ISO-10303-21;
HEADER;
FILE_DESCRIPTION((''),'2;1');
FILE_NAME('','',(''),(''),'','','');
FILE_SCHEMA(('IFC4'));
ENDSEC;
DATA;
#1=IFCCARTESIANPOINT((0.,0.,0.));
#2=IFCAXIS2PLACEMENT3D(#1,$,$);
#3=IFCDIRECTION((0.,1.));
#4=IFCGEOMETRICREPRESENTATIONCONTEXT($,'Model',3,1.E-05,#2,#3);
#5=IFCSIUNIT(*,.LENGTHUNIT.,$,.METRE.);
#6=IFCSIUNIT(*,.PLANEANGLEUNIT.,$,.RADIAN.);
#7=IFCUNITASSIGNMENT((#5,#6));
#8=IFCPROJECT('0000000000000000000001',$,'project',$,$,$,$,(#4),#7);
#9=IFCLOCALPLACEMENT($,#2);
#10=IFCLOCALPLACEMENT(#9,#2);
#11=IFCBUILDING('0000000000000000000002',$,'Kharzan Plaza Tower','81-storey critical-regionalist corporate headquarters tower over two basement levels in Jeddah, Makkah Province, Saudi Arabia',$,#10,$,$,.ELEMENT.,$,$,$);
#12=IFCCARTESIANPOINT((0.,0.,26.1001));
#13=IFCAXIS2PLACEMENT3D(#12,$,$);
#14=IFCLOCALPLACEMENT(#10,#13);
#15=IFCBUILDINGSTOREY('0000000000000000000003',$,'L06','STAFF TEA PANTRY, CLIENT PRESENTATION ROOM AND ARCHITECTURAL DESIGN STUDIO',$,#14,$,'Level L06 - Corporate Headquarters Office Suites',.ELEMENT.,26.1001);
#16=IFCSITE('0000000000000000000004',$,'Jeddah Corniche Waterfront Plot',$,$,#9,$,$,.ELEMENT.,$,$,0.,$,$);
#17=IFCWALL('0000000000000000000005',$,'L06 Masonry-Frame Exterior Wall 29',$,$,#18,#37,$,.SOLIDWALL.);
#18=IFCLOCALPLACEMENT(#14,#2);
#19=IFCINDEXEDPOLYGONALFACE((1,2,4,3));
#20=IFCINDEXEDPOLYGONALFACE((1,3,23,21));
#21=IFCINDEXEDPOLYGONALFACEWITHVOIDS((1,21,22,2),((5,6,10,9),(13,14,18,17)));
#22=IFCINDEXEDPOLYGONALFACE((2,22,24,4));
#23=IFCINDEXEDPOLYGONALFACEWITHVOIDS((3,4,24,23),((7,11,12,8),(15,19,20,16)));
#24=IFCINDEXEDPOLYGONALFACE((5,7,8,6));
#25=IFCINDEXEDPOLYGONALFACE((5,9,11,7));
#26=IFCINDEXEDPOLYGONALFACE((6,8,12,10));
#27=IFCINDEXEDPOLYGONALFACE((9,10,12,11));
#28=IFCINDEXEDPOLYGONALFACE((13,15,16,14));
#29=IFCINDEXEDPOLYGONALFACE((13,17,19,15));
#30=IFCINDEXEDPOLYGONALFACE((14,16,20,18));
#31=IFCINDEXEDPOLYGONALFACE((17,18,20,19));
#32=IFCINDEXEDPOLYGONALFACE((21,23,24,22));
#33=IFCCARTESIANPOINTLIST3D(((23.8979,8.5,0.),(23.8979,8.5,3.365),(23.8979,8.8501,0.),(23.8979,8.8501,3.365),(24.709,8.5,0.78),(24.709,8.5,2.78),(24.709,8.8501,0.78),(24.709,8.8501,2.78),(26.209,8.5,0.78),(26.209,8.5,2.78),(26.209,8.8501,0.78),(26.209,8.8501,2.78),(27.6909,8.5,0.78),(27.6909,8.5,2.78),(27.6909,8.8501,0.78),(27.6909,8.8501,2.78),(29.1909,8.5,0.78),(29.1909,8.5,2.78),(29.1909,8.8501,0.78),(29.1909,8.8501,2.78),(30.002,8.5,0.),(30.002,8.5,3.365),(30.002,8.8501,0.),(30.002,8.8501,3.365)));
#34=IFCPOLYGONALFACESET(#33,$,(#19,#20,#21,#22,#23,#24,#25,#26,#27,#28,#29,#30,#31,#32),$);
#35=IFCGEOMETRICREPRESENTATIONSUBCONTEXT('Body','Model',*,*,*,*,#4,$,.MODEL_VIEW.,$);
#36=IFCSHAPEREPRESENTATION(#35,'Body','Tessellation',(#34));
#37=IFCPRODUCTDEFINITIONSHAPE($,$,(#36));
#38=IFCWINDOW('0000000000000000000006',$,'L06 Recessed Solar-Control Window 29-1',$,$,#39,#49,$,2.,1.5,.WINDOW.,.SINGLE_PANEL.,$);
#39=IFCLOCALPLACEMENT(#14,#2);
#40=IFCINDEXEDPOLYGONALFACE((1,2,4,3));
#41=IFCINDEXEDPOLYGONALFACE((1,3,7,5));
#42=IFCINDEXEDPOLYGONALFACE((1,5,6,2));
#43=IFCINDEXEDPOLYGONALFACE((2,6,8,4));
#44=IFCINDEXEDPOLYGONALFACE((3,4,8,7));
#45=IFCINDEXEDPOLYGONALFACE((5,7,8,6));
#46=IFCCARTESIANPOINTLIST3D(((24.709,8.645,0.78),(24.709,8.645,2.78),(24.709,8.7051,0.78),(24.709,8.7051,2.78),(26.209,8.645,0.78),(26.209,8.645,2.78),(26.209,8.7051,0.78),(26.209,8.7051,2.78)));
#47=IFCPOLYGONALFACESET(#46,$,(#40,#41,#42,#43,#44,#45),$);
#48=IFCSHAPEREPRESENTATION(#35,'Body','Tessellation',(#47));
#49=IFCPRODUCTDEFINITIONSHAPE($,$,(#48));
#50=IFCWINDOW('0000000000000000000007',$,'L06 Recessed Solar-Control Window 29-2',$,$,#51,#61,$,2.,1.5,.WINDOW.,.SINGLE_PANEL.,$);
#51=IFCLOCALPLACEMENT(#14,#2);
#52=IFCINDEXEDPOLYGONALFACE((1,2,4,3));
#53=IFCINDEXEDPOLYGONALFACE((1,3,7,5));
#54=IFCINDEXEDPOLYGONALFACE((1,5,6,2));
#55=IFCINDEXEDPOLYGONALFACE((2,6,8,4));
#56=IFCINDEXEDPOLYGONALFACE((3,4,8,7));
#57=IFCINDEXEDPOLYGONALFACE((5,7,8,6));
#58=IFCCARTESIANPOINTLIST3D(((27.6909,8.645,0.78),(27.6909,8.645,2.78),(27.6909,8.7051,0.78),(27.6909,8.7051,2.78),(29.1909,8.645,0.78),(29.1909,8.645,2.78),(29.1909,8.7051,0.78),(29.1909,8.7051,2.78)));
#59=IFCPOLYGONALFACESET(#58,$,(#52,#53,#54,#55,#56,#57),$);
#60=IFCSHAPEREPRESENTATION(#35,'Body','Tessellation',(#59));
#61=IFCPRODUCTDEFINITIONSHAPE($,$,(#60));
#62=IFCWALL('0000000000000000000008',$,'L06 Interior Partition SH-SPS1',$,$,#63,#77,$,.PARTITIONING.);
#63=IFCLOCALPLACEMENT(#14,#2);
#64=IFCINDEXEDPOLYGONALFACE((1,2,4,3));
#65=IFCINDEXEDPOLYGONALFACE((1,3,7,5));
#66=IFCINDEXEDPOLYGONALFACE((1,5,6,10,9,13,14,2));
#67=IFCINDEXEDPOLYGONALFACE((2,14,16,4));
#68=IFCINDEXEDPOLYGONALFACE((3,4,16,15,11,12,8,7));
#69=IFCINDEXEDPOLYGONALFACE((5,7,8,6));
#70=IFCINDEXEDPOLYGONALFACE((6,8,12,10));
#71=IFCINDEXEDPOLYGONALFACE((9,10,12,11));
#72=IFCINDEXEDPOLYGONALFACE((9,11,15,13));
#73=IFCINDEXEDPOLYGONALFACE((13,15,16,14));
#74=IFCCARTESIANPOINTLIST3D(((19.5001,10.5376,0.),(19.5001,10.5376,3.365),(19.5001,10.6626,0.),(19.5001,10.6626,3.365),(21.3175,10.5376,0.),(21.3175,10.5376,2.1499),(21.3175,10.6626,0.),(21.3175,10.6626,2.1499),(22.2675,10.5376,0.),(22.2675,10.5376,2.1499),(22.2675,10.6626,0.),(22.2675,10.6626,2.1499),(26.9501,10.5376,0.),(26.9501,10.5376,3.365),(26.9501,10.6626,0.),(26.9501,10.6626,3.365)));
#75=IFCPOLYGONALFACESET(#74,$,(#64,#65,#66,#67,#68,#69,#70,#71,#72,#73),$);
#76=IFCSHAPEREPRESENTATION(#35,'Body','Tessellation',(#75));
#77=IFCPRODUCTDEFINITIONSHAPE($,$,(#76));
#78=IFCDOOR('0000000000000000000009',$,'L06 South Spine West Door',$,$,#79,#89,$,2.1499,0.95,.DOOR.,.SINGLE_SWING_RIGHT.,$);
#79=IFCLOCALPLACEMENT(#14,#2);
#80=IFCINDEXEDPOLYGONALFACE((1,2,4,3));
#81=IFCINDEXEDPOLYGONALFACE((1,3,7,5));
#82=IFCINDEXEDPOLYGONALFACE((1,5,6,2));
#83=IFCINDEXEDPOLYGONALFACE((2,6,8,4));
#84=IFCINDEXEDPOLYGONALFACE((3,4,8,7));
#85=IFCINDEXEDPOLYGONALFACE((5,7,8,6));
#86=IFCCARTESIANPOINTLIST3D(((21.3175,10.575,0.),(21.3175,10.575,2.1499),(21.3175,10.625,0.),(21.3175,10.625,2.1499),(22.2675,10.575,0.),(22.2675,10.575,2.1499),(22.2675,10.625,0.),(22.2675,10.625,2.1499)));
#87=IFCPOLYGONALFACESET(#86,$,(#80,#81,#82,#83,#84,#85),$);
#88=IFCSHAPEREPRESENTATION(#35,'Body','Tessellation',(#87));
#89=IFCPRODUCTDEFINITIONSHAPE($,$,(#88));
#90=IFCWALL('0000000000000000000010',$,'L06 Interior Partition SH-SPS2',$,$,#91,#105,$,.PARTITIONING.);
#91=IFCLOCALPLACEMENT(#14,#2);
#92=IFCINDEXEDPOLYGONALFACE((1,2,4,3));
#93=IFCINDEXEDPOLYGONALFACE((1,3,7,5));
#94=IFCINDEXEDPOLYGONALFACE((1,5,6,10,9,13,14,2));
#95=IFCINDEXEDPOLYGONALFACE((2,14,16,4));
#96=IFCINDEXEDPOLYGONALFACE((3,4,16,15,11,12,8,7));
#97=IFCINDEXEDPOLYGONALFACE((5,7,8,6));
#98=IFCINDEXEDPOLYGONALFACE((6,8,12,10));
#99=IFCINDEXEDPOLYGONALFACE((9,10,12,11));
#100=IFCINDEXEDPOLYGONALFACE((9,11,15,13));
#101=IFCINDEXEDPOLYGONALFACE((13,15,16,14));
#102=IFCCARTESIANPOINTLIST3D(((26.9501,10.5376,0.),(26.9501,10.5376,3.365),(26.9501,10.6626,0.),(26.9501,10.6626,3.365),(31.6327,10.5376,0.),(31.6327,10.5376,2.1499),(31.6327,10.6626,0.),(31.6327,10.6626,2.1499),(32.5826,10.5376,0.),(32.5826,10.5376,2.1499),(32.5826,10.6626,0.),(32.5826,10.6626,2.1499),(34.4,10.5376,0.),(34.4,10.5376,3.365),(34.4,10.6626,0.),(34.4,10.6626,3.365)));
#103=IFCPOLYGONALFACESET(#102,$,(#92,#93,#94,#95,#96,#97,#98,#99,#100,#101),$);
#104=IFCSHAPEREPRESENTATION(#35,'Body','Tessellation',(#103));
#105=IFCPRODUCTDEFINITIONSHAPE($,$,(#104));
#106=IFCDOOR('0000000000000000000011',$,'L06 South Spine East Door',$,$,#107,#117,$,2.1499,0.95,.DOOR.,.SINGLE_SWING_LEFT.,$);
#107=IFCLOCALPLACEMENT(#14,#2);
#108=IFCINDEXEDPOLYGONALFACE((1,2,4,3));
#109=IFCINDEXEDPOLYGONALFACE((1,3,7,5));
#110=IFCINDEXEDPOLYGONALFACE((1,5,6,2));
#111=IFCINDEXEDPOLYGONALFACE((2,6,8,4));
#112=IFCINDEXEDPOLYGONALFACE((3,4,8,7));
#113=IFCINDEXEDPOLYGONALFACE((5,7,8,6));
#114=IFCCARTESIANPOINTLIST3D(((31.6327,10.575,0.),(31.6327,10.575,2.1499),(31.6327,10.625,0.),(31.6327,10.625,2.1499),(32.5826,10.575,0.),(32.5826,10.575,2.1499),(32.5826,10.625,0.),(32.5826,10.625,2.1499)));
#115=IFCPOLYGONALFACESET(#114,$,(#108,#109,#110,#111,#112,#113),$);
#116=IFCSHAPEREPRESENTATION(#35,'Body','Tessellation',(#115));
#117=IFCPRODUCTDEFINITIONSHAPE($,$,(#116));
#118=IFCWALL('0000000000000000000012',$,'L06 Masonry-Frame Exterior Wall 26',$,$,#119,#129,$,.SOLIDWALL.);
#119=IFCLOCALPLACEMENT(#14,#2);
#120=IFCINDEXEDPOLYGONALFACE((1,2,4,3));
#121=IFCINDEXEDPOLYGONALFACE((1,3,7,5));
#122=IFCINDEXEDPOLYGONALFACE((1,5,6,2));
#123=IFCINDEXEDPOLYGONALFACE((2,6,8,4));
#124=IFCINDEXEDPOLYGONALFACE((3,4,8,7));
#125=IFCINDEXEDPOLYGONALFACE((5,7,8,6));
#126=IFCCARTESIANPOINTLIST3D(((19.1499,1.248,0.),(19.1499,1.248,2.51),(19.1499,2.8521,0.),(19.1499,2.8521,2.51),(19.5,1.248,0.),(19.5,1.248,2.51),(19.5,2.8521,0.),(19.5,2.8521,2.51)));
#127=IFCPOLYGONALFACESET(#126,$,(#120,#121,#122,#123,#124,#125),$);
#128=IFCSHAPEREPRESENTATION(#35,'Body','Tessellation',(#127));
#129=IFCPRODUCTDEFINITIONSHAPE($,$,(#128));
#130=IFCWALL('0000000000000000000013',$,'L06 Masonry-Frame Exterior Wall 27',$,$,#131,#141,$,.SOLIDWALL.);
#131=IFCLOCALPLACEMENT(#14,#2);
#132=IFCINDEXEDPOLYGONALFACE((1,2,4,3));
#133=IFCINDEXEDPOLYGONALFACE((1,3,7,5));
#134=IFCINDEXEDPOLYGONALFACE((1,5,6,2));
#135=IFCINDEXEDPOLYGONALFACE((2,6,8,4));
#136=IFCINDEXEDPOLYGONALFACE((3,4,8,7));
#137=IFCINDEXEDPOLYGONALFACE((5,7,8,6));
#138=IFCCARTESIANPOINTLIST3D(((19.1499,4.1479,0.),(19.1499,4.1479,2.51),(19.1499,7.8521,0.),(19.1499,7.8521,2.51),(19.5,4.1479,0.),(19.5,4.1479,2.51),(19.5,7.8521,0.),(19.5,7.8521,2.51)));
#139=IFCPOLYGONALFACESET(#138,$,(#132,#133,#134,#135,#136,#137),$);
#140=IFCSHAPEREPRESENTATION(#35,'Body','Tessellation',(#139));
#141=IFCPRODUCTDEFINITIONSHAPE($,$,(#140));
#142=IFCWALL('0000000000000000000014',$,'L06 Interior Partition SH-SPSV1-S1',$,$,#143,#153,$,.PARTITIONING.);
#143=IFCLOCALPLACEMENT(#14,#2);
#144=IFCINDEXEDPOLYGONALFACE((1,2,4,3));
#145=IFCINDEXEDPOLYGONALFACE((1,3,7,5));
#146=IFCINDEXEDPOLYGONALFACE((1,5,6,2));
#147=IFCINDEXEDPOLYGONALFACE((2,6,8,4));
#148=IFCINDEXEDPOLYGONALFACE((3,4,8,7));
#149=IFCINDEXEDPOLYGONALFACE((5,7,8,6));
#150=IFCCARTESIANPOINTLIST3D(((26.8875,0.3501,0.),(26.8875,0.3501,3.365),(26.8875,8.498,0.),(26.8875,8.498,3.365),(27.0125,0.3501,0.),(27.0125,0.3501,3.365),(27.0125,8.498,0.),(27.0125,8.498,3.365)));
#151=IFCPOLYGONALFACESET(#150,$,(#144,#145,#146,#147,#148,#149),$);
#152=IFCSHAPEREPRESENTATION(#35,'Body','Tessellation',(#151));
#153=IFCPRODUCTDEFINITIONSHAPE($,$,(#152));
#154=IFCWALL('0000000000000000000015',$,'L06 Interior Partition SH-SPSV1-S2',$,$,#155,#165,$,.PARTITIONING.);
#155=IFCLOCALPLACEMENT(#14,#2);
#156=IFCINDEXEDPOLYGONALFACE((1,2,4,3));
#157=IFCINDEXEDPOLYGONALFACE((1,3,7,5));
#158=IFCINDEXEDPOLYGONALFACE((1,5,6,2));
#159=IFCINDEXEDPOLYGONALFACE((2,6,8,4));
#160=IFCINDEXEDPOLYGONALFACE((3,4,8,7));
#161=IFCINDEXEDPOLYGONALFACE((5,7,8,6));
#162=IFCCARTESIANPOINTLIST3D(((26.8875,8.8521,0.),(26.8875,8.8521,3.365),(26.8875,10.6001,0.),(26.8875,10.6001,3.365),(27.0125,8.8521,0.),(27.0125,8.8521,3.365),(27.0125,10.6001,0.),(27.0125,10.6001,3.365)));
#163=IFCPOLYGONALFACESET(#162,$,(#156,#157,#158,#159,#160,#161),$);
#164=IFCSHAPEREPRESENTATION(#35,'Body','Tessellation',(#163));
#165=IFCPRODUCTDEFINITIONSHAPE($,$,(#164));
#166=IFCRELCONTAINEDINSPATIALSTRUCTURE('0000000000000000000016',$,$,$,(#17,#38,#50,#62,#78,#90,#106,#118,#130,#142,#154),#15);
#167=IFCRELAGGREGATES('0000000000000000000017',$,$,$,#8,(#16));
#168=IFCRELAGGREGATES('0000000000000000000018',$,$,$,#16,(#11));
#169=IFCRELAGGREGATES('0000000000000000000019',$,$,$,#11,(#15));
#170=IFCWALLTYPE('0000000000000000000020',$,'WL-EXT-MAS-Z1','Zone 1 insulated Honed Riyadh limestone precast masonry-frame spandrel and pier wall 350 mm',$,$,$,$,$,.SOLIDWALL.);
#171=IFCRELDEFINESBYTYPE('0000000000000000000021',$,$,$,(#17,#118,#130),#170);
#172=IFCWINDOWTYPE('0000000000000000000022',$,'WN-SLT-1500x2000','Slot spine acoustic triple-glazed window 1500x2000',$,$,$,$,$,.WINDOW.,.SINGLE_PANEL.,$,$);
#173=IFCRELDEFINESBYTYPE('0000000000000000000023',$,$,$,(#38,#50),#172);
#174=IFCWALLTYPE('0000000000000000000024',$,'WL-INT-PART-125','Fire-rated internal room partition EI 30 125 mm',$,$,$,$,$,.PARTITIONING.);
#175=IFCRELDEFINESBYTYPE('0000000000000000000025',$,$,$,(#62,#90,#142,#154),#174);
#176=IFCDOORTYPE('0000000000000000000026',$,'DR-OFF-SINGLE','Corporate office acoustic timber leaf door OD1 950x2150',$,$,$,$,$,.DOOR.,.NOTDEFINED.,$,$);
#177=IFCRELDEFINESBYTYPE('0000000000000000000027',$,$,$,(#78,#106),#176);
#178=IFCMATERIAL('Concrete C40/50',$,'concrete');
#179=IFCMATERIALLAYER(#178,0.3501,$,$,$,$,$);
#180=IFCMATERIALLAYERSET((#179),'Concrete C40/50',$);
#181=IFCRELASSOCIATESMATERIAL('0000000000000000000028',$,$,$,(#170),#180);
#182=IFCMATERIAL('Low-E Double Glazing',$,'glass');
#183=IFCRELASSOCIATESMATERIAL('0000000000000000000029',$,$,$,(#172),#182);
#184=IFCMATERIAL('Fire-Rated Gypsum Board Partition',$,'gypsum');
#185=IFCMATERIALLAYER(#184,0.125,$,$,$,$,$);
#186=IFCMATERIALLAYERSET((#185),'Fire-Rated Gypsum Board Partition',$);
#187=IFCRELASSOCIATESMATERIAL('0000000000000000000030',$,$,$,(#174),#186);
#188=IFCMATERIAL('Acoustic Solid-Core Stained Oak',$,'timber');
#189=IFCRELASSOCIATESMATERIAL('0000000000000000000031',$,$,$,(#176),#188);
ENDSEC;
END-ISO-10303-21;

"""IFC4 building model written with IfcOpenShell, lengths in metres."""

from ifc_helpers import new_model, si_unit, direction, frame, frame_2d, origin, place, context, subcontext, project, spatial, rectangle, extrude, source, transform, mapped, material, layer, layer_set, type_object, element, fill, save


model = new_model("IFC4")

# Units and contexts
model_context = context("Model", 3, precision=1e-05, world=origin(), true_north=direction((0.0, 1.0)))
body_context = subcontext(model_context, "Body", "Model", "MODEL_VIEW")
ifc_project = project(units=[si_unit("LENGTHUNIT", "METRE"), si_unit("PLANEANGLEUNIT", "RADIAN")], contexts=[model_context])

# Site, building, storey
site_placement = place(None, origin())
site = spatial("IfcSite", under=ifc_project, at=site_placement, Name="Jeddah Corniche Waterfront Plot", CompositionType="ELEMENT", RefElevation=0.0)
building_placement = place(site_placement, origin())
building = spatial("IfcBuilding", under=site, at=building_placement, Name="Kharzan Plaza Tower", Description="81-storey critical-regionalist corporate headquarters tower over two basement levels in Jeddah, Makkah Province, Saudi Arabia", CompositionType="ELEMENT")
storey_placement = place(building_placement, frame((0.0, 0.0, 26.1001)))
storey = spatial("IfcBuildingStorey", under=building, at=storey_placement, Name="L06", Description="STAFF TEA PANTRY, CLIENT PRESENTATION ROOM AND ARCHITECTURAL DESIGN STUDIO", LongName="Level L06 - Corporate Headquarters Office Suites", CompositionType="ELEMENT", Elevation=26.1001)

# Shared definitions
ifc_material_1 = material(Name="Concrete C40/50", Category="concrete")
ifc_layer_1 = layer(ifc_material_1, 0.3501)
ifc_layer_set_1 = layer_set([ifc_layer_1], Name="Concrete C40/50")
wall_type_1 = type_object("IfcWallType", Name="WL-EXT-MAS-Z1", Description="Zone 1 insulated Honed Riyadh limestone precast masonry-frame spandrel and pier wall 350 mm", PredefinedType="SOLIDWALL", material=ifc_layer_set_1)
ifc_material_2 = material(Name="Low-E Double Glazing", Category="glass")
window_type = type_object("IfcWindowType", Name="WN-SLT-1500x2000", Description="Slot spine acoustic triple-glazed window 1500x2000", PartitioningType="SINGLE_PANEL", PredefinedType="WINDOW", material=ifc_material_2)
shared_shape_1 = source(origin(), body_context, "Body", "SweptSolid", [
    extrude(rectangle(XDim=1.5, YDim=2.0, at=frame_2d((0.75, 1.0))), frame((0.0, 0.03, 0.0), z_axis=(0.0, -1.0, 0.0), x_axis=(1.0, 0.0, 0.0)), (0.0, 0.0, 1.0), 0.0601),
])

# Wall, openings, windows
wall_1_placement = place(storey_placement, frame((23.8979, 8.675, 0.0), z_axis=(0.0, 0.0, 1.0), x_axis=(1.0, 0.0, 0.0)))
wall_1 = element("IfcWall", 1, at=wall_1_placement, inside=storey, type_object=wall_type_1, Name="L06 Masonry-Frame Exterior Wall 29", PredefinedType="SOLIDWALL", context=body_context, shape_type="SweptSolid", body=[
    extrude(rectangle(XDim=6.104, YDim=0.3501, at=frame_2d((3.052, 0.0))), origin(), (0.0, 0.0, 1.0), 3.365),
])
opening_1_placement = place(wall_1_placement, frame((0.811, 0.0, 0.78)))
opening_1 = element("IfcOpeningElement", 2, at=opening_1_placement, cuts=wall_1, PredefinedType="OPENING", context=body_context, shape_type="SweptSolid", body=[
    extrude(rectangle(XDim=1.5, YDim=2.0, at=frame_2d((0.75, 1.0))), frame((0.0, 0.1851, 0.0), z_axis=(0.0, -1.0, 0.0), x_axis=(1.0, 0.0, 0.0)), (0.0, 0.0, 1.0), 0.3701),
])
opening_2_placement = place(wall_1_placement, frame((3.793, 0.0, 0.78)))
opening_2 = element("IfcOpeningElement", 3, at=opening_2_placement, cuts=wall_1, PredefinedType="OPENING", context=body_context, shape_type="SweptSolid", body=[
    extrude(rectangle(XDim=1.5, YDim=2.0, at=frame_2d((0.75, 1.0))), frame((0.0, 0.1851, 0.0), z_axis=(0.0, -1.0, 0.0), x_axis=(1.0, 0.0, 0.0)), (0.0, 0.0, 1.0), 0.3701),
])
window_1_placement = place(opening_1_placement, origin())
window_1 = element("IfcWindow", 4, at=window_1_placement, inside=storey, type_object=window_type, Name="L06 Recessed Solar-Control Window 29-1", OverallHeight=2.0, OverallWidth=1.5, PartitioningType="SINGLE_PANEL", PredefinedType="WINDOW", context=body_context, shape_type="MappedRepresentation", body=[
    mapped(shared_shape_1, transform((0.0, 0.0, 0.0), x_axis=(1.0, 0.0, 0.0), y_axis=(0.0, 1.0, 0.0), z_axis=(0.0, 0.0, 1.0))),
])
fill(opening_1, window_1)
window_2_placement = place(opening_2_placement, origin())
window_2 = element("IfcWindow", 5, at=window_2_placement, inside=storey, type_object=window_type, Name="L06 Recessed Solar-Control Window 29-2", OverallHeight=2.0, OverallWidth=1.5, PartitioningType="SINGLE_PANEL", PredefinedType="WINDOW", context=body_context, shape_type="MappedRepresentation", body=[
    mapped(shared_shape_1, transform((0.0, 0.0, 0.0), x_axis=(1.0, 0.0, 0.0), y_axis=(0.0, 1.0, 0.0), z_axis=(0.0, 0.0, 1.0))),
])
fill(opening_2, window_2)

# Walls, openings, doors
ifc_material_3 = material(Name="Fire-Rated Gypsum Board Partition", Category="gypsum")
ifc_layer_2 = layer(ifc_material_3, 0.125)
ifc_layer_set_2 = layer_set([ifc_layer_2], Name="Fire-Rated Gypsum Board Partition")
wall_type_2 = type_object("IfcWallType", Name="WL-INT-PART-125", Description="Fire-rated internal room partition EI 30 125 mm", PredefinedType="PARTITIONING", material=ifc_layer_set_2)
wall_2_placement = place(storey_placement, frame((19.5, 10.6001, 0.0), z_axis=(0.0, 0.0, 1.0), x_axis=(1.0, 0.0, 0.0)))
wall_2 = element("IfcWall", 6, at=wall_2_placement, inside=storey, type_object=wall_type_2, Name="L06 Interior Partition SH-SPS1", PredefinedType="PARTITIONING", context=body_context, shape_type="SweptSolid", body=[
    extrude(rectangle(XDim=7.45, YDim=0.125, at=frame_2d((3.7251, 0.0))), origin(), (0.0, 0.0, 1.0), 3.365),
])
opening_3_placement = place(wall_2_placement, frame((1.8174, 0.0, 0.0)))
opening_3 = element("IfcOpeningElement", 7, at=opening_3_placement, cuts=wall_2, PredefinedType="OPENING", context=body_context, shape_type="SweptSolid", body=[
    extrude(rectangle(XDim=0.95, YDim=2.1499, at=frame_2d((0.4751, 1.075))), frame((0.0, 0.0725, 0.0), z_axis=(0.0, -1.0, 0.0), x_axis=(1.0, 0.0, 0.0)), (0.0, 0.0, 1.0), 0.145),
])
ifc_material_4 = material(Name="Acoustic Solid-Core Stained Oak", Category="timber")
door_type = type_object("IfcDoorType", Name="DR-OFF-SINGLE", Description="Corporate office acoustic timber leaf door OD1 950x2150", OperationType="NOTDEFINED", PredefinedType="DOOR", material=ifc_material_4)
shared_shape_2 = source(origin(), body_context, "Body", "SweptSolid", [
    extrude(rectangle(XDim=0.95, YDim=2.1499, at=frame_2d((0.4751, 1.075))), frame((0.0, 0.0249, 0.0), z_axis=(0.0, -1.0, 0.0), x_axis=(1.0, 0.0, 0.0)), (0.0, 0.0, 1.0), 0.05),
])
door_1_placement = place(opening_3_placement, origin())
door_1 = element("IfcDoor", 8, at=door_1_placement, inside=storey, type_object=door_type, Name="L06 South Spine West Door", OperationType="SINGLE_SWING_RIGHT", OverallHeight=2.1499, OverallWidth=0.95, PredefinedType="DOOR", context=body_context, shape_type="MappedRepresentation", body=[
    mapped(shared_shape_2, transform((0.0, 0.0, 0.0), x_axis=(1.0, 0.0, 0.0), y_axis=(0.0, 1.0, 0.0), z_axis=(0.0, 0.0, 1.0))),
])
fill(opening_3, door_1)
wall_3_placement = place(storey_placement, frame((26.95, 10.6001, 0.0), z_axis=(0.0, 0.0, 1.0), x_axis=(1.0, 0.0, 0.0)))
wall_3 = element("IfcWall", 9, at=wall_3_placement, inside=storey, type_object=wall_type_2, Name="L06 Interior Partition SH-SPS2", PredefinedType="PARTITIONING", context=body_context, shape_type="SweptSolid", body=[
    extrude(rectangle(XDim=7.45, YDim=0.125, at=frame_2d((3.7251, 0.0))), origin(), (0.0, 0.0, 1.0), 3.365),
])
opening_4_placement = place(wall_3_placement, frame((4.6826, 0.0, 0.0)))
opening_4 = element("IfcOpeningElement", 10, at=opening_4_placement, cuts=wall_3, PredefinedType="OPENING", context=body_context, shape_type="SweptSolid", body=[
    extrude(rectangle(XDim=0.95, YDim=2.1499, at=frame_2d((0.4751, 1.075))), frame((0.0, 0.0725, 0.0), z_axis=(0.0, -1.0, 0.0), x_axis=(1.0, 0.0, 0.0)), (0.0, 0.0, 1.0), 0.145),
])
door_2_placement = place(opening_4_placement, origin())
door_2 = element("IfcDoor", 11, at=door_2_placement, inside=storey, type_object=door_type, Name="L06 South Spine East Door", OperationType="SINGLE_SWING_LEFT", OverallHeight=2.1499, OverallWidth=0.95, PredefinedType="DOOR", context=body_context, shape_type="MappedRepresentation", body=[
    mapped(shared_shape_2, transform((0.0, 0.0, 0.0), x_axis=(1.0, 0.0, 0.0), y_axis=(0.0, 1.0, 0.0), z_axis=(0.0, 0.0, 1.0))),
])
fill(opening_4, door_2)

# Walls
shared_shape_3 = source(origin(), body_context, "Body", "SweptSolid", [
    extrude(rectangle(XDim=1.604, YDim=0.3501, at=frame_2d((0.802, 0.0))), origin(), (0.0, 0.0, 1.0), 2.51),
])
wall_4_placement = place(storey_placement, frame((19.325, 1.248, 0.0), z_axis=(0.0, 0.0, 1.0), x_axis=(0.0, 1.0, 0.0)))
element("IfcWall", 12, at=wall_4_placement, inside=storey, type_object=wall_type_1, Name="L06 Masonry-Frame Exterior Wall 26", PredefinedType="SOLIDWALL", context=body_context, shape_type="MappedRepresentation", body=[
    mapped(shared_shape_3, transform((0.0, 0.0, 0.0), x_axis=(1.0, 0.0, 0.0), y_axis=(0.0, 1.0, 0.0), z_axis=(0.0, 0.0, 1.0))),
])
shared_shape_4 = source(origin(), body_context, "Body", "SweptSolid", [
    extrude(rectangle(XDim=3.7041, YDim=0.3501, at=frame_2d((1.8521, 0.0))), origin(), (0.0, 0.0, 1.0), 2.51),
])
wall_5_placement = place(storey_placement, frame((19.325, 4.1479, 0.0), z_axis=(0.0, 0.0, 1.0), x_axis=(0.0, 1.0, 0.0)))
element("IfcWall", 13, at=wall_5_placement, inside=storey, type_object=wall_type_1, Name="L06 Masonry-Frame Exterior Wall 27", PredefinedType="SOLIDWALL", context=body_context, shape_type="MappedRepresentation", body=[
    mapped(shared_shape_4, transform((0.0, 0.0, 0.0), x_axis=(1.0, 0.0, 0.0), y_axis=(0.0, 1.0, 0.0), z_axis=(0.0, 0.0, 1.0))),
])
shared_shape_5 = source(origin(), body_context, "Body", "SweptSolid", [
    extrude(rectangle(XDim=8.1479, YDim=0.125, at=frame_2d((4.074, 0.0))), origin(), (0.0, 0.0, 1.0), 3.365),
])
wall_6_placement = place(storey_placement, frame((26.95, 0.3501, 0.0), z_axis=(0.0, 0.0, 1.0), x_axis=(0.0, 1.0, 0.0)))
element("IfcWall", 14, at=wall_6_placement, inside=storey, type_object=wall_type_2, Name="L06 Interior Partition SH-SPSV1-S1", PredefinedType="PARTITIONING", context=body_context, shape_type="MappedRepresentation", body=[
    mapped(shared_shape_5, transform((0.0, 0.0, 0.0), x_axis=(1.0, 0.0, 0.0), y_axis=(0.0, 1.0, 0.0), z_axis=(0.0, 0.0, 1.0))),
])
shared_shape_6 = source(origin(), body_context, "Body", "SweptSolid", [
    extrude(rectangle(XDim=1.748, YDim=0.125, at=frame_2d((0.874, 0.0))), origin(), (0.0, 0.0, 1.0), 3.365),
])
wall_7_placement = place(storey_placement, frame((26.95, 8.8521, 0.0), z_axis=(0.0, 0.0, 1.0), x_axis=(0.0, 1.0, 0.0)))
element("IfcWall", 15, at=wall_7_placement, inside=storey, type_object=wall_type_2, Name="L06 Interior Partition SH-SPSV1-S2", PredefinedType="PARTITIONING", context=body_context, shape_type="MappedRepresentation", body=[
    mapped(shared_shape_6, transform((0.0, 0.0, 0.0), x_axis=(1.0, 0.0, 0.0), y_axis=(0.0, 1.0, 0.0), z_axis=(0.0, 0.0, 1.0))),
])

save(model, "model.ifc")
